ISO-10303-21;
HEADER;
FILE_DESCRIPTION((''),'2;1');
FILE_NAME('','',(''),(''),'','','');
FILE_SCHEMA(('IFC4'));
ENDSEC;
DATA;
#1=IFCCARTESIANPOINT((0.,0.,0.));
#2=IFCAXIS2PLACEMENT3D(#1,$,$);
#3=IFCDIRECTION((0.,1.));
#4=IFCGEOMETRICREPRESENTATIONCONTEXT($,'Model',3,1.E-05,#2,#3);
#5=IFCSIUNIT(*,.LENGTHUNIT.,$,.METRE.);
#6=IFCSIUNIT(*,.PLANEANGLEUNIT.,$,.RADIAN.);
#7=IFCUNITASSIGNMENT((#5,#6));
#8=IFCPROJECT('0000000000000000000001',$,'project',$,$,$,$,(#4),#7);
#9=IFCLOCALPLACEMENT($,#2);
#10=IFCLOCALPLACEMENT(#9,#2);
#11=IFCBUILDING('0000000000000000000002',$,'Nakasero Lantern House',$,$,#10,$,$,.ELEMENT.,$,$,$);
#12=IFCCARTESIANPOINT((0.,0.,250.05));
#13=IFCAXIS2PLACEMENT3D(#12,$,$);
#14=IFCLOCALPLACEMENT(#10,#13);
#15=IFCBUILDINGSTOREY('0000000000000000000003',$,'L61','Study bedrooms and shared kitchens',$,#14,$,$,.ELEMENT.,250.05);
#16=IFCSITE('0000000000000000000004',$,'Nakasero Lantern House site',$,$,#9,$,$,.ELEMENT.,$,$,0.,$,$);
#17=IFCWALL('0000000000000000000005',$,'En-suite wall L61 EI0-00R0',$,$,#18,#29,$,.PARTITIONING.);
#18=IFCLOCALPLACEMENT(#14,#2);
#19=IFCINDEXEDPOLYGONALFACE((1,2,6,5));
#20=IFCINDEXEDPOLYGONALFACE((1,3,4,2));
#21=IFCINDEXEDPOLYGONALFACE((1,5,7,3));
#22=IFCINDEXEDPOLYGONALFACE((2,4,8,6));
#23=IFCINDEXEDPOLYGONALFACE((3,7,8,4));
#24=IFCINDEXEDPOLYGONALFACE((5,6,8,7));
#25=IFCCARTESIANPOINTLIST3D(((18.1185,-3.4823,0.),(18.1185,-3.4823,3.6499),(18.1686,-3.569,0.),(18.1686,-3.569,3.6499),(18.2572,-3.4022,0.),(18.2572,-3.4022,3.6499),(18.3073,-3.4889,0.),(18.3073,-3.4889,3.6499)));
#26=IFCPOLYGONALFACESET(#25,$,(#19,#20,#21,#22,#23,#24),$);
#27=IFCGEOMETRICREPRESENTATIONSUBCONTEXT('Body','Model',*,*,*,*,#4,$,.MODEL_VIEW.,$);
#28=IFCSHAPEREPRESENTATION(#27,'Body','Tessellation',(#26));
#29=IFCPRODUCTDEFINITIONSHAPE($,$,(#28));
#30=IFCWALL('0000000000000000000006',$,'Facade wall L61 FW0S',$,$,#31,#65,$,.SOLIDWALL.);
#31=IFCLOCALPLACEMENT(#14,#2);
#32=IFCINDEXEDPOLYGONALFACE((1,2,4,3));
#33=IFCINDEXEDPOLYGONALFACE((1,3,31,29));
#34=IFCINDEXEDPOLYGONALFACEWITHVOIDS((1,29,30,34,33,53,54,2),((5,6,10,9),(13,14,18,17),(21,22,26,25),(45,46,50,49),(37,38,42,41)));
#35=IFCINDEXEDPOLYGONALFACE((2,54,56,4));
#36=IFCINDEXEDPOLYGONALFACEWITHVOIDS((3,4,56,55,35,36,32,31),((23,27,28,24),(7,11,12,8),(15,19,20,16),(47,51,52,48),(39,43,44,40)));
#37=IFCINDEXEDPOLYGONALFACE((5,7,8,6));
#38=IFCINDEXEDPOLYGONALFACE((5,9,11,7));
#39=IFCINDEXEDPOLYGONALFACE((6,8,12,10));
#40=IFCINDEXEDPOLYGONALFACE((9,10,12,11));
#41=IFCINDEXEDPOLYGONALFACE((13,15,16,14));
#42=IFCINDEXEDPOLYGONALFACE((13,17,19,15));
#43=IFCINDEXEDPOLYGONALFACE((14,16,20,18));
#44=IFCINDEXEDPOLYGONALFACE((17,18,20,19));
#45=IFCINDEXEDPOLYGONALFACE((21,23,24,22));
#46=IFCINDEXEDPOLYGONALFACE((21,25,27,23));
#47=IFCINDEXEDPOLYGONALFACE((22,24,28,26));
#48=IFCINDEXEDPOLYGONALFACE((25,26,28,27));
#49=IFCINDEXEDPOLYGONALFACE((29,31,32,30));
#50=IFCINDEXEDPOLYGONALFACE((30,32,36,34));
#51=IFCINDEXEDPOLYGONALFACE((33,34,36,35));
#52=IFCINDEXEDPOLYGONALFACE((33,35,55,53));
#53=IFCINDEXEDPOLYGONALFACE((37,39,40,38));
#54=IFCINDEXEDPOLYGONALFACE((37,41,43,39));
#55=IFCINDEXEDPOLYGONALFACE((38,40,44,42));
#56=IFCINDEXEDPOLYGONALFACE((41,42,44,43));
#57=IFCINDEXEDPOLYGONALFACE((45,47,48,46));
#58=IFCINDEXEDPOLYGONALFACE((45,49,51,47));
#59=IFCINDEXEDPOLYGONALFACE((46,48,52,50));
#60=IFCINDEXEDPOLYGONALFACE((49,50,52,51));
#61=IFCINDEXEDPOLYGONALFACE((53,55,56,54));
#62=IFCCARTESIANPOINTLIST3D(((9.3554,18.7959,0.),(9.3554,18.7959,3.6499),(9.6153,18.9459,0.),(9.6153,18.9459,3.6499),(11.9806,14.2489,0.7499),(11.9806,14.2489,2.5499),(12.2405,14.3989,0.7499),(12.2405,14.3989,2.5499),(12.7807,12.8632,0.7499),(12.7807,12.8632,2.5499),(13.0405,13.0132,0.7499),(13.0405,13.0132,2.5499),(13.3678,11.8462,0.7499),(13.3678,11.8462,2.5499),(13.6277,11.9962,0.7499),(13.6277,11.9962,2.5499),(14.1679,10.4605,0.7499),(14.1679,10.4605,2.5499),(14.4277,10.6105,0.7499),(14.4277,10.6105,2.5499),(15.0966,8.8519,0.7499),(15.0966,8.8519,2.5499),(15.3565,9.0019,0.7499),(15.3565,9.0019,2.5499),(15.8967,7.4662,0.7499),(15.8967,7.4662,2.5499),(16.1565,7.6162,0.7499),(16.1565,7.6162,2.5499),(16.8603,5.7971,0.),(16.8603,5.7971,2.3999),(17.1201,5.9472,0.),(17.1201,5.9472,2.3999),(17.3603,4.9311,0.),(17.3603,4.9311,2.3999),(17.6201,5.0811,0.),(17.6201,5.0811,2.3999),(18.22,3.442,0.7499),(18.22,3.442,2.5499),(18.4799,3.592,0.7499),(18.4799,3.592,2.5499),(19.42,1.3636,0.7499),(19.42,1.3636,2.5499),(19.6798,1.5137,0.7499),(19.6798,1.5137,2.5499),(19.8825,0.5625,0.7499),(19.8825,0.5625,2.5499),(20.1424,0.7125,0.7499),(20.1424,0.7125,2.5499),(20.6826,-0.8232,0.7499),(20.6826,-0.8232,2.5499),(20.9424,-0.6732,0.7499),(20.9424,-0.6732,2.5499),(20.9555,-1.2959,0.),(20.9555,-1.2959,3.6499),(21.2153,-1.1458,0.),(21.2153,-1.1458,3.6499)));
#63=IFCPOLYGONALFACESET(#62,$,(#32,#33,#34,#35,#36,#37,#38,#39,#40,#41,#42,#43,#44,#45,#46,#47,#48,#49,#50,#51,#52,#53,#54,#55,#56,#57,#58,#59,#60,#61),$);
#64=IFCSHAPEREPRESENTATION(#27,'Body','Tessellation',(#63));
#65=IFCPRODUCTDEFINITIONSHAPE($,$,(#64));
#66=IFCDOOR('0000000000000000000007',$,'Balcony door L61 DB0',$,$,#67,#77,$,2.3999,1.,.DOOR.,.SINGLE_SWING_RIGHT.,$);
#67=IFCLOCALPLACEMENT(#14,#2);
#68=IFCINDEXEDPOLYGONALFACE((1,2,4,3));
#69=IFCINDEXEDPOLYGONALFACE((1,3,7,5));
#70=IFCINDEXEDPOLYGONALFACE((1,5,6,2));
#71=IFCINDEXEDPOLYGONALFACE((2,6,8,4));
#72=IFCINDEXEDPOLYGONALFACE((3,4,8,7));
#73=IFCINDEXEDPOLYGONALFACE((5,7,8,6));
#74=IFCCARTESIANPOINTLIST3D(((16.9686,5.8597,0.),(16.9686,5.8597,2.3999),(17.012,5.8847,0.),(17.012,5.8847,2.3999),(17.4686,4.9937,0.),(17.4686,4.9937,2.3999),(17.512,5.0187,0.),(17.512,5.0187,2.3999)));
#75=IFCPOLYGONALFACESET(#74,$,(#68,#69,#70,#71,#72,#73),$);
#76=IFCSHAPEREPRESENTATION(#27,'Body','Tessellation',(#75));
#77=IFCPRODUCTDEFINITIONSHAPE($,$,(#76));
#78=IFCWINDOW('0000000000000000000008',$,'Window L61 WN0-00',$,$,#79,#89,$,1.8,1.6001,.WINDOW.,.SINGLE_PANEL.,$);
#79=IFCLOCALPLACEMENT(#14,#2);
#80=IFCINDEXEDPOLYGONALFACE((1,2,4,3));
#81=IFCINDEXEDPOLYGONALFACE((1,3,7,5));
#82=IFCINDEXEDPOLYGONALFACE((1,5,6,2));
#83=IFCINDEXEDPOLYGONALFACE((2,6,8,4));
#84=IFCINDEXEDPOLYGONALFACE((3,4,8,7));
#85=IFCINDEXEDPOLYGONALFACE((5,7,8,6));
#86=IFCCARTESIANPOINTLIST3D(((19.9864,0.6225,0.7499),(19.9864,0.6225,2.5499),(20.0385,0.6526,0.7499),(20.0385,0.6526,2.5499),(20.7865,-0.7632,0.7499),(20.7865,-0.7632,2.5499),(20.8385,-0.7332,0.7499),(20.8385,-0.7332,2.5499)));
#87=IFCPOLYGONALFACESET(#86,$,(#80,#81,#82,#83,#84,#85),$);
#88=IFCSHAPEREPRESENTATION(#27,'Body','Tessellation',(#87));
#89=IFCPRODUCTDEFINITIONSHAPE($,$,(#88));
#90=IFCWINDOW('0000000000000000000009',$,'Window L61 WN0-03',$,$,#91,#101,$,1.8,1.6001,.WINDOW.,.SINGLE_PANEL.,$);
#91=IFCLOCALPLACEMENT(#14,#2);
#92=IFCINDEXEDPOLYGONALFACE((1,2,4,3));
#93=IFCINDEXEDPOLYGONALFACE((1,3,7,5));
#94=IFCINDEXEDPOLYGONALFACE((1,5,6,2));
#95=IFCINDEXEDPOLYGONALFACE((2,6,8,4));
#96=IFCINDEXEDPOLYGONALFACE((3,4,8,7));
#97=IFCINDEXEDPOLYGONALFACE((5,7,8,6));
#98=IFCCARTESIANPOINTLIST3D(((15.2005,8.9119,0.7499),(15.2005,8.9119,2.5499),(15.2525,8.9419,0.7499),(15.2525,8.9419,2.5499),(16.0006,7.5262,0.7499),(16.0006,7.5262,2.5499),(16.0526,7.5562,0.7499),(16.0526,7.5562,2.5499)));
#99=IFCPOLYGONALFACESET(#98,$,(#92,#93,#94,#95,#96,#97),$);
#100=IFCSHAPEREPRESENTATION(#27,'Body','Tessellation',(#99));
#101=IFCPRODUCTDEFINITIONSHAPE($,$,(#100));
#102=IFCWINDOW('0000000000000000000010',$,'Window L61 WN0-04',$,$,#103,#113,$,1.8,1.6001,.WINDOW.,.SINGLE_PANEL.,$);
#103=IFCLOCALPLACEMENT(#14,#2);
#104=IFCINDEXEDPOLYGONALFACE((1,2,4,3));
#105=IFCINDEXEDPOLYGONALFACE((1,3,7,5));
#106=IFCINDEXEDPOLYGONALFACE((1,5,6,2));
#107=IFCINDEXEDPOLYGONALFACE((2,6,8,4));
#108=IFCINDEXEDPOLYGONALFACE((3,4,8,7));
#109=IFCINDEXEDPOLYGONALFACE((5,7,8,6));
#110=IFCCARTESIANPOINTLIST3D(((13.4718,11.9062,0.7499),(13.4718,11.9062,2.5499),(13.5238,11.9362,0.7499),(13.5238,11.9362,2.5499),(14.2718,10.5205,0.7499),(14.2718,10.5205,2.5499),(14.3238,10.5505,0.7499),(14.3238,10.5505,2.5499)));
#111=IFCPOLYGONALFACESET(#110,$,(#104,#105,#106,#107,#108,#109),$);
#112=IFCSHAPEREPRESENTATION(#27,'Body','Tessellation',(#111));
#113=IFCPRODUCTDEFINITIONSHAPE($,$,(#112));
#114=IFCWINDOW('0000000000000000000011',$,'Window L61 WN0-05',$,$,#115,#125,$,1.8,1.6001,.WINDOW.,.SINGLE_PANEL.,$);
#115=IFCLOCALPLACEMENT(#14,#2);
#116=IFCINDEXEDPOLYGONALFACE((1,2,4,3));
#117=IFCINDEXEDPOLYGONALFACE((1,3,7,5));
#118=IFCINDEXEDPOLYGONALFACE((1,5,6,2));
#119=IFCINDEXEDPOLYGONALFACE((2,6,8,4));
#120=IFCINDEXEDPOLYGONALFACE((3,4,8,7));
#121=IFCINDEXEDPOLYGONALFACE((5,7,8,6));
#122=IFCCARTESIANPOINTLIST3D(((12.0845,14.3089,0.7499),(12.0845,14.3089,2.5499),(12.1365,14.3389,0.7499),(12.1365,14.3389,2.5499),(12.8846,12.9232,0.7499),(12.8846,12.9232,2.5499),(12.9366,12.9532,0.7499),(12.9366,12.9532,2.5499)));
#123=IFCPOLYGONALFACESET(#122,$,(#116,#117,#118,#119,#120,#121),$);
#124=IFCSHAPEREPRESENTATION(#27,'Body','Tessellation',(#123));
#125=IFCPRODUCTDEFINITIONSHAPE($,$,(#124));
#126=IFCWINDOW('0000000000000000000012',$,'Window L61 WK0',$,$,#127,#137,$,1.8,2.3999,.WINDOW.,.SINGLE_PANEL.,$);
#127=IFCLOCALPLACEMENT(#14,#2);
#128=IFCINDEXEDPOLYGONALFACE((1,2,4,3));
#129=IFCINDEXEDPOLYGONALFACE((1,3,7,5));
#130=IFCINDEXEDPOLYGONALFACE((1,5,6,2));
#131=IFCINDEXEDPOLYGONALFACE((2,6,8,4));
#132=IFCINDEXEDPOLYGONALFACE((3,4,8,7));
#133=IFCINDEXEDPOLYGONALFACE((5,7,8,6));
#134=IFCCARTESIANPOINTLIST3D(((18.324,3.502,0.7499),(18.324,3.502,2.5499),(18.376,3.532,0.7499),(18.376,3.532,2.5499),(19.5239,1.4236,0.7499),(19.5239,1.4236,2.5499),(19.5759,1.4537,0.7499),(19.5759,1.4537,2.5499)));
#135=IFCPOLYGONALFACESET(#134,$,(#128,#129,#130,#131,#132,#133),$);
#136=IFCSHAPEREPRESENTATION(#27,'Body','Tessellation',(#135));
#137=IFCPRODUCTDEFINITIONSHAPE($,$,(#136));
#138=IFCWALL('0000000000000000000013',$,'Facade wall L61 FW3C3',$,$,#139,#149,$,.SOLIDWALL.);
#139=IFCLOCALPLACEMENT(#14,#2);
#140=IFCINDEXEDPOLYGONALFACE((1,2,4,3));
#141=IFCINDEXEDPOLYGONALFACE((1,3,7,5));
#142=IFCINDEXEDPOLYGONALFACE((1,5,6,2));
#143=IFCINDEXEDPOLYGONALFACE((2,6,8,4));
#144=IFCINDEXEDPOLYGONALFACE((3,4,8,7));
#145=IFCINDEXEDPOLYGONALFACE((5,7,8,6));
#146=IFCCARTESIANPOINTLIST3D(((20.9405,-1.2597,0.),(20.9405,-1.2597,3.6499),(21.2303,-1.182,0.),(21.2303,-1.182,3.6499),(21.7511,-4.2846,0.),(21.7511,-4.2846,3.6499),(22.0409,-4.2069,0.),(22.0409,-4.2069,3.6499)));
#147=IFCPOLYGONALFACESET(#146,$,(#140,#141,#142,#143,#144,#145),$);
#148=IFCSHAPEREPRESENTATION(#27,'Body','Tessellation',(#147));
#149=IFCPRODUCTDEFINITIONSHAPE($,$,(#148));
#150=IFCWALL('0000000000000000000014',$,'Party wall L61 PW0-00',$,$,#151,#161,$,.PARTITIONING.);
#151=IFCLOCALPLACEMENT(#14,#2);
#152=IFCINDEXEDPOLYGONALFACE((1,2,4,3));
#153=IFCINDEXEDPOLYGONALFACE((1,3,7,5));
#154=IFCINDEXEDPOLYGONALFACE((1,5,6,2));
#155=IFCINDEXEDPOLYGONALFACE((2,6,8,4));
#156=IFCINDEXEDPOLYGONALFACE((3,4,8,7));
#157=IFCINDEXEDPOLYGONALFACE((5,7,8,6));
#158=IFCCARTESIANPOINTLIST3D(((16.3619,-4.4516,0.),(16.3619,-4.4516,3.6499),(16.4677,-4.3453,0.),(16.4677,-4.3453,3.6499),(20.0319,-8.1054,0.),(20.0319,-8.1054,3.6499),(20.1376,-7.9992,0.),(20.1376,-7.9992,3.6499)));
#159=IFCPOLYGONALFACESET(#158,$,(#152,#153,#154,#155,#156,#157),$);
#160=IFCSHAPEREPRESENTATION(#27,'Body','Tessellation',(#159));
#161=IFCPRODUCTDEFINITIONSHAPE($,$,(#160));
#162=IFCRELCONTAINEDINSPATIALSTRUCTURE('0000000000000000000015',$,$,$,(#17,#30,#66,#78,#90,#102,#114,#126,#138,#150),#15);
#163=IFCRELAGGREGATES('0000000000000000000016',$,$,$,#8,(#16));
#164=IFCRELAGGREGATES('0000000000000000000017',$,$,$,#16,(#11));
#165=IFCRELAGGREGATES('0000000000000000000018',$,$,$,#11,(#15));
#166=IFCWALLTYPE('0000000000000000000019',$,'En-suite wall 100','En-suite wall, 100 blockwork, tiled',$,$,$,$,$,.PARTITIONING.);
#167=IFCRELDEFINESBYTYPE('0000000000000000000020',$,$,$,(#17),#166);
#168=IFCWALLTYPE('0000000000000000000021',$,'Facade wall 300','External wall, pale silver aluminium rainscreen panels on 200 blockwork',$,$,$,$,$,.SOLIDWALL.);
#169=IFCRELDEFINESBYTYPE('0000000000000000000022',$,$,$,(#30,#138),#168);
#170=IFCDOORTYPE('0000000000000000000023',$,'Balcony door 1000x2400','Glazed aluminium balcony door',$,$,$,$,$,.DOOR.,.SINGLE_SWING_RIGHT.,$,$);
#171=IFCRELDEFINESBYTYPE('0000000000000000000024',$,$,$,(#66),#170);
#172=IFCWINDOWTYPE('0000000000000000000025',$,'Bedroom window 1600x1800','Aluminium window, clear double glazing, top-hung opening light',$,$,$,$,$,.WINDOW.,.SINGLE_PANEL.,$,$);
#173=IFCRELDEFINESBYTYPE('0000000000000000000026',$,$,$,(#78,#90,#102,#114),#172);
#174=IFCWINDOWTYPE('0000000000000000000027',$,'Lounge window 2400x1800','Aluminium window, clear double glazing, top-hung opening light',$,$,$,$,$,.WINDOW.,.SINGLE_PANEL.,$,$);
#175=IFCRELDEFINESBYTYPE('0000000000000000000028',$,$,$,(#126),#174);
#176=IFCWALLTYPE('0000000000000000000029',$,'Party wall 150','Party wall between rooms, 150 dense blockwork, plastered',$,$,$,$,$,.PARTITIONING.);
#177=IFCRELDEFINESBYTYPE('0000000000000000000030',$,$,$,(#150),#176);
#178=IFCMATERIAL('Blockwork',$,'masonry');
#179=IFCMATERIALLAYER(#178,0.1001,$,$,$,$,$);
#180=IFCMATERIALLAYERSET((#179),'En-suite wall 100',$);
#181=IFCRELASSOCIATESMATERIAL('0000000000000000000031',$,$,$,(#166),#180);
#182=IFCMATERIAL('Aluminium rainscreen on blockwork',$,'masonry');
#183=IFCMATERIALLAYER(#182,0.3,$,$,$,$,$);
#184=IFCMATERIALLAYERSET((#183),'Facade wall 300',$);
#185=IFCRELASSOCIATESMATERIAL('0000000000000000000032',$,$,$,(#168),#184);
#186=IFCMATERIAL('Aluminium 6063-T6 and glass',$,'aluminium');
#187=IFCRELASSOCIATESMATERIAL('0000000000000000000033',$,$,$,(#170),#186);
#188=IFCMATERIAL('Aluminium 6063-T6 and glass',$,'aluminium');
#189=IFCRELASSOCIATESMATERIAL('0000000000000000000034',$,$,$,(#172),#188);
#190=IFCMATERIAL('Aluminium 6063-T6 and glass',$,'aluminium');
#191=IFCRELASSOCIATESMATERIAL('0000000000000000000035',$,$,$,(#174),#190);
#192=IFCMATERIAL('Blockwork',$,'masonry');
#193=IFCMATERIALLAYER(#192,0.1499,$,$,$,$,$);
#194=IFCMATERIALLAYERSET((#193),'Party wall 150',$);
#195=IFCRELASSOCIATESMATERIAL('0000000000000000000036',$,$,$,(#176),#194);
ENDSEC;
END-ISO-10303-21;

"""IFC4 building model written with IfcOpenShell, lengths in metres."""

from ifc_helpers import new_model, si_unit, direction, frame, frame_2d, origin, place, context, subcontext, project, spatial, rectangle, extrude, material, layer, layer_set, type_object, element, fill, save


model = new_model("IFC4")

# Units and contexts
model_context = context("Model", 3, precision=1e-05, world=origin(), true_north=direction((0.0, 1.0)))
body_context = subcontext(model_context, "Body", "Model", "MODEL_VIEW")
ifc_project = project(units=[si_unit("LENGTHUNIT", "METRE"), si_unit("PLANEANGLEUNIT", "RADIAN")], contexts=[model_context])

# Site, building, storey
site_placement = place(None, origin())
site = spatial("IfcSite", under=ifc_project, at=site_placement, Name="Nakasero Lantern House site", CompositionType="ELEMENT", RefElevation=0.0)
building_placement = place(site_placement, origin())
building = spatial("IfcBuilding", under=site, at=building_placement, Name="Nakasero Lantern House", CompositionType="ELEMENT")
storey_placement = place(building_placement, frame((0.0, 0.0, 250.05)))
storey = spatial("IfcBuildingStorey", under=building, at=storey_placement, Name="L61", Description="Study bedrooms and shared kitchens", CompositionType="ELEMENT", Elevation=250.05)

# Shared definitions
ifc_material_1 = material(Name="Blockwork", Category="masonry")
ifc_layer_1 = layer(ifc_material_1, 0.1001)
ifc_layer_set_1 = layer_set([ifc_layer_1], Name="En-suite wall 100")
wall_type_1 = type_object("IfcWallType", Name="En-suite wall 100", Description="En-suite wall, 100 blockwork, tiled", PredefinedType="PARTITIONING", material=ifc_layer_set_1)

# Wall
wall_1_placement = place(storey_placement, frame((18.1436, -3.5256, 0.0), z_axis=(0.0, 0.0, 1.0), x_axis=(0.865982, 0.500074, 0.0)))
element("IfcWall", 1, at=wall_1_placement, inside=storey, type_object=wall_type_1, Name="En-suite wall L61 EI0-00R0", PredefinedType="PARTITIONING", context=body_context, shape_type="SweptSolid", body=[
    extrude(rectangle(XDim=0.1602, YDim=0.1001, at=frame_2d((0.0801, 0.0))), origin(), (0.0, 0.0, 1.0), 3.6499),
])

# Wall, openings, door, windows
ifc_material_2 = material(Name="Aluminium rainscreen on blockwork", Category="masonry")
ifc_layer_2 = layer(ifc_material_2, 0.3)
ifc_layer_set_2 = layer_set([ifc_layer_2], Name="Facade wall 300")
wall_type_2 = type_object("IfcWallType", Name="Facade wall 300", Description="External wall, pale silver aluminium rainscreen panels on 200 blockwork", PredefinedType="SOLIDWALL", material=ifc_layer_set_2)
wall_2_placement = place(storey_placement, frame((21.0854, -1.2209, 0.0), z_axis=(0.0, 0.0, 1.0), x_axis=(-0.500003, 0.866024, 0.0)))
wall_2 = element("IfcWall", 2, at=wall_2_placement, inside=storey, type_object=wall_type_2, Name="Facade wall L61 FW0S", PredefinedType="SOLIDWALL", context=body_context, shape_type="SweptSolid", body=[
    extrude(rectangle(XDim=23.2, YDim=0.3, at=frame_2d((11.6001, 0.0))), origin(), (0.0, 0.0, 1.0), 3.6499),
])
opening_1_placement = place(wall_2_placement, frame((0.5459, 0.0, 0.75)))
opening_1 = element("IfcOpeningElement", 3, at=opening_1_placement, cuts=wall_2, PredefinedType="OPENING", context=body_context, shape_type="SweptSolid", body=[
    extrude(rectangle(XDim=1.6001, YDim=1.8, at=frame_2d((0.8, 0.8999))), frame((0.0, 0.1699, 0.0), z_axis=(0.0, -1.0, 0.0), x_axis=(1.0, 0.0, 0.0)), (0.0, 0.0, 1.0), 0.3401),
])
opening_2_placement = place(wall_2_placement, frame((10.1177, 0.0, 0.75)))
opening_2 = element("IfcOpeningElement", 4, at=opening_2_placement, cuts=wall_2, PredefinedType="OPENING", context=body_context, shape_type="SweptSolid", body=[
    extrude(rectangle(XDim=1.6001, YDim=1.8, at=frame_2d((0.8, 0.8999))), frame((0.0, 0.1699, 0.0), z_axis=(0.0, -1.0, 0.0), x_axis=(1.0, 0.0, 0.0)), (0.0, 0.0, 1.0), 0.3401),
])
opening_3_placement = place(wall_2_placement, frame((13.5752, 0.0, 0.75)))
opening_3 = element("IfcOpeningElement", 5, at=opening_3_placement, cuts=wall_2, PredefinedType="OPENING", context=body_context, shape_type="SweptSolid", body=[
    extrude(rectangle(XDim=1.6001, YDim=1.8, at=frame_2d((0.8, 0.8999))), frame((0.0, 0.1699, 0.0), z_axis=(0.0, -1.0, 0.0), x_axis=(1.0, 0.0, 0.0)), (0.0, 0.0, 1.0), 0.3401),
])
opening_4_placement = place(wall_2_placement, frame((16.3496, 0.0, 0.75)))
opening_4 = element("IfcOpeningElement", 6, at=opening_4_placement, cuts=wall_2, PredefinedType="OPENING", context=body_context, shape_type="SweptSolid", body=[
    extrude(rectangle(XDim=1.6001, YDim=1.8, at=frame_2d((0.8, 0.8999))), frame((0.0, 0.1699, 0.0), z_axis=(0.0, -1.0, 0.0), x_axis=(1.0, 0.0, 0.0)), (0.0, 0.0, 1.0), 0.3401),
])
opening_5_placement = place(wall_2_placement, frame((3.071, 0.0, 0.75)))
opening_5 = element("IfcOpeningElement", 7, at=opening_5_placement, cuts=wall_2, PredefinedType="OPENING", context=body_context, shape_type="SweptSolid", body=[
    extrude(rectangle(XDim=2.3999, YDim=1.8, at=frame_2d((1.2, 0.8999))), frame((0.0, 0.1699, 0.0), z_axis=(0.0, -1.0, 0.0), x_axis=(1.0, 0.0, 0.0)), (0.0, 0.0, 1.0), 0.3401),
])
opening_6_placement = place(wall_2_placement, frame((7.1904, 0.0, 0.0)))
opening_6 = element("IfcOpeningElement", 8, at=opening_6_placement, cuts=wall_2, PredefinedType="OPENING", context=body_context, shape_type="SweptSolid", body=[
    extrude(rectangle(XDim=1.0, YDim=2.3999, at=frame_2d((0.5, 1.2))), frame((0.0, 0.1699, 0.0), z_axis=(0.0, -1.0, 0.0), x_axis=(1.0, 0.0, 0.0)), (0.0, 0.0, 1.0), 0.3401),
])
ifc_material_3 = material(Name="Aluminium 6063-T6 and glass", Category="aluminium")
door_type_1 = type_object("IfcDoorType", Name="Balcony door 1000x2400", Description="Glazed aluminium balcony door", OperationType="SINGLE_SWING_RIGHT", PredefinedType="DOOR", material=ifc_material_3)
door_1_placement = place(opening_6_placement, origin())
door_1 = element("IfcDoor", 9, at=door_1_placement, inside=storey, type_object=door_type_1, Name="Balcony door L61 DB0", OperationType="SINGLE_SWING_RIGHT", OverallHeight=2.3999, OverallWidth=1.0, PredefinedType="DOOR", context=body_context, shape_type="SweptSolid", body=[
    extrude(rectangle(XDim=1.0, YDim=2.3999, at=frame_2d((0.5, 1.2))), frame((0.0, 0.0249, 0.0), z_axis=(0.0, -1.0, 0.0), x_axis=(1.0, 0.0, 0.0)), (0.0, 0.0, 1.0), 0.05),
])
fill(opening_6, door_1)
ifc_material_4 = material(Name="Aluminium 6063-T6 and glass", Category="aluminium")
window_type_1 = type_object("IfcWindowType", Name="Bedroom window 1600x1800", Description="Aluminium window, clear double glazing, top-hung opening light", PartitioningType="SINGLE_PANEL", PredefinedType="WINDOW", material=ifc_material_4)
window_1_placement = place(opening_1_placement, origin())
window_1 = element("IfcWindow", 10, at=window_1_placement, inside=storey, type_object=window_type_1, Name="Window L61 WN0-00", OverallHeight=1.8, OverallWidth=1.6001, PartitioningType="SINGLE_PANEL", PredefinedType="WINDOW", context=body_context, shape_type="SweptSolid", body=[
    extrude(rectangle(XDim=1.6001, YDim=1.8, at=frame_2d((0.8, 0.8999))), frame((0.0, 0.03, 0.0), z_axis=(0.0, -1.0, 0.0), x_axis=(1.0, 0.0, 0.0)), (0.0, 0.0, 1.0), 0.0601),
])
fill(opening_1, window_1)
window_2_placement = place(opening_2_placement, origin())
window_2 = element("IfcWindow", 11, at=window_2_placement, inside=storey, type_object=window_type_1, Name="Window L61 WN0-03", OverallHeight=1.8, OverallWidth=1.6001, PartitioningType="SINGLE_PANEL", PredefinedType="WINDOW", context=body_context, shape_type="SweptSolid", body=[
    extrude(rectangle(XDim=1.6001, YDim=1.8, at=frame_2d((0.8, 0.8999))), frame((0.0, 0.03, 0.0), z_axis=(0.0, -1.0, 0.0), x_axis=(1.0, 0.0, 0.0)), (0.0, 0.0, 1.0), 0.0601),
])
fill(opening_2, window_2)
window_3_placement = place(opening_3_placement, origin())
window_3 = element("IfcWindow", 12, at=window_3_placement, inside=storey, type_object=window_type_1, Name="Window L61 WN0-04", OverallHeight=1.8, OverallWidth=1.6001, PartitioningType="SINGLE_PANEL", PredefinedType="WINDOW", context=body_context, shape_type="SweptSolid", body=[
    extrude(rectangle(XDim=1.6001, YDim=1.8, at=frame_2d((0.8, 0.8999))), frame((0.0, 0.03, 0.0), z_axis=(0.0, -1.0, 0.0), x_axis=(1.0, 0.0, 0.0)), (0.0, 0.0, 1.0), 0.0601),
])
fill(opening_3, window_3)
window_4_placement = place(opening_4_placement, origin())
window_4 = element("IfcWindow", 13, at=window_4_placement, inside=storey, type_object=window_type_1, Name="Window L61 WN0-05", OverallHeight=1.8, OverallWidth=1.6001, PartitioningType="SINGLE_PANEL", PredefinedType="WINDOW", context=body_context, shape_type="SweptSolid", body=[
    extrude(rectangle(XDim=1.6001, YDim=1.8, at=frame_2d((0.8, 0.8999))), frame((0.0, 0.03, 0.0), z_axis=(0.0, -1.0, 0.0), x_axis=(1.0, 0.0, 0.0)), (0.0, 0.0, 1.0), 0.0601),
])
fill(opening_4, window_4)
ifc_material_5 = material(Name="Aluminium 6063-T6 and glass", Category="aluminium")
window_type_2 = type_object("IfcWindowType", Name="Lounge window 2400x1800", Description="Aluminium window, clear double glazing, top-hung opening light", PartitioningType="SINGLE_PANEL", PredefinedType="WINDOW", material=ifc_material_5)
window_5_placement = place(opening_5_placement, origin())
window_5 = element("IfcWindow", 14, at=window_5_placement, inside=storey, type_object=window_type_2, Name="Window L61 WK0", OverallHeight=1.8, OverallWidth=2.3999, PartitioningType="SINGLE_PANEL", PredefinedType="WINDOW", context=body_context, shape_type="SweptSolid", body=[
    extrude(rectangle(XDim=2.3999, YDim=1.8, at=frame_2d((1.2, 0.8999))), frame((0.0, 0.03, 0.0), z_axis=(0.0, -1.0, 0.0), x_axis=(1.0, 0.0, 0.0)), (0.0, 0.0, 1.0), 0.0601),
])
fill(opening_5, window_5)

# Walls
wall_3_placement = place(storey_placement, frame((21.896, -4.2458, 0.0), z_axis=(0.0, 0.0, 1.0), x_axis=(-0.258827, 0.965924, 0.0)))
element("IfcWall", 15, at=wall_3_placement, inside=storey, type_object=wall_type_2, Name="Facade wall L61 FW3C3", PredefinedType="SOLIDWALL", context=body_context, shape_type="SweptSolid", body=[
    extrude(rectangle(XDim=3.1316, YDim=0.3, at=frame_2d((1.5659, 0.0))), origin(), (0.0, 0.0, 1.0), 3.6499),
])
ifc_material_6 = material(Name="Blockwork", Category="masonry")
ifc_layer_3 = layer(ifc_material_6, 0.1499)
ifc_layer_set_3 = layer_set([ifc_layer_3], Name="Party wall 150")
wall_type_3 = type_object("IfcWallType", Name="Party wall 150", Description="Party wall between rooms, 150 dense blockwork, plastered", PredefinedType="PARTITIONING", material=ifc_layer_set_3)
wall_4_placement = place(storey_placement, frame((16.4148, -4.3984, 0.0), z_axis=(0.0, 0.0, 1.0), x_axis=(0.708661, -0.705549, 0.0)))
element("IfcWall", 16, at=wall_4_placement, inside=storey, type_object=wall_type_3, Name="Party wall L61 PW0-00", PredefinedType="PARTITIONING", context=body_context, shape_type="SweptSolid", body=[
    extrude(rectangle(XDim=5.1787, YDim=0.1499, at=frame_2d((2.5894, 0.0))), origin(), (0.0, 0.0, 1.0), 3.6499),
])

save(model, "model.ifc")
